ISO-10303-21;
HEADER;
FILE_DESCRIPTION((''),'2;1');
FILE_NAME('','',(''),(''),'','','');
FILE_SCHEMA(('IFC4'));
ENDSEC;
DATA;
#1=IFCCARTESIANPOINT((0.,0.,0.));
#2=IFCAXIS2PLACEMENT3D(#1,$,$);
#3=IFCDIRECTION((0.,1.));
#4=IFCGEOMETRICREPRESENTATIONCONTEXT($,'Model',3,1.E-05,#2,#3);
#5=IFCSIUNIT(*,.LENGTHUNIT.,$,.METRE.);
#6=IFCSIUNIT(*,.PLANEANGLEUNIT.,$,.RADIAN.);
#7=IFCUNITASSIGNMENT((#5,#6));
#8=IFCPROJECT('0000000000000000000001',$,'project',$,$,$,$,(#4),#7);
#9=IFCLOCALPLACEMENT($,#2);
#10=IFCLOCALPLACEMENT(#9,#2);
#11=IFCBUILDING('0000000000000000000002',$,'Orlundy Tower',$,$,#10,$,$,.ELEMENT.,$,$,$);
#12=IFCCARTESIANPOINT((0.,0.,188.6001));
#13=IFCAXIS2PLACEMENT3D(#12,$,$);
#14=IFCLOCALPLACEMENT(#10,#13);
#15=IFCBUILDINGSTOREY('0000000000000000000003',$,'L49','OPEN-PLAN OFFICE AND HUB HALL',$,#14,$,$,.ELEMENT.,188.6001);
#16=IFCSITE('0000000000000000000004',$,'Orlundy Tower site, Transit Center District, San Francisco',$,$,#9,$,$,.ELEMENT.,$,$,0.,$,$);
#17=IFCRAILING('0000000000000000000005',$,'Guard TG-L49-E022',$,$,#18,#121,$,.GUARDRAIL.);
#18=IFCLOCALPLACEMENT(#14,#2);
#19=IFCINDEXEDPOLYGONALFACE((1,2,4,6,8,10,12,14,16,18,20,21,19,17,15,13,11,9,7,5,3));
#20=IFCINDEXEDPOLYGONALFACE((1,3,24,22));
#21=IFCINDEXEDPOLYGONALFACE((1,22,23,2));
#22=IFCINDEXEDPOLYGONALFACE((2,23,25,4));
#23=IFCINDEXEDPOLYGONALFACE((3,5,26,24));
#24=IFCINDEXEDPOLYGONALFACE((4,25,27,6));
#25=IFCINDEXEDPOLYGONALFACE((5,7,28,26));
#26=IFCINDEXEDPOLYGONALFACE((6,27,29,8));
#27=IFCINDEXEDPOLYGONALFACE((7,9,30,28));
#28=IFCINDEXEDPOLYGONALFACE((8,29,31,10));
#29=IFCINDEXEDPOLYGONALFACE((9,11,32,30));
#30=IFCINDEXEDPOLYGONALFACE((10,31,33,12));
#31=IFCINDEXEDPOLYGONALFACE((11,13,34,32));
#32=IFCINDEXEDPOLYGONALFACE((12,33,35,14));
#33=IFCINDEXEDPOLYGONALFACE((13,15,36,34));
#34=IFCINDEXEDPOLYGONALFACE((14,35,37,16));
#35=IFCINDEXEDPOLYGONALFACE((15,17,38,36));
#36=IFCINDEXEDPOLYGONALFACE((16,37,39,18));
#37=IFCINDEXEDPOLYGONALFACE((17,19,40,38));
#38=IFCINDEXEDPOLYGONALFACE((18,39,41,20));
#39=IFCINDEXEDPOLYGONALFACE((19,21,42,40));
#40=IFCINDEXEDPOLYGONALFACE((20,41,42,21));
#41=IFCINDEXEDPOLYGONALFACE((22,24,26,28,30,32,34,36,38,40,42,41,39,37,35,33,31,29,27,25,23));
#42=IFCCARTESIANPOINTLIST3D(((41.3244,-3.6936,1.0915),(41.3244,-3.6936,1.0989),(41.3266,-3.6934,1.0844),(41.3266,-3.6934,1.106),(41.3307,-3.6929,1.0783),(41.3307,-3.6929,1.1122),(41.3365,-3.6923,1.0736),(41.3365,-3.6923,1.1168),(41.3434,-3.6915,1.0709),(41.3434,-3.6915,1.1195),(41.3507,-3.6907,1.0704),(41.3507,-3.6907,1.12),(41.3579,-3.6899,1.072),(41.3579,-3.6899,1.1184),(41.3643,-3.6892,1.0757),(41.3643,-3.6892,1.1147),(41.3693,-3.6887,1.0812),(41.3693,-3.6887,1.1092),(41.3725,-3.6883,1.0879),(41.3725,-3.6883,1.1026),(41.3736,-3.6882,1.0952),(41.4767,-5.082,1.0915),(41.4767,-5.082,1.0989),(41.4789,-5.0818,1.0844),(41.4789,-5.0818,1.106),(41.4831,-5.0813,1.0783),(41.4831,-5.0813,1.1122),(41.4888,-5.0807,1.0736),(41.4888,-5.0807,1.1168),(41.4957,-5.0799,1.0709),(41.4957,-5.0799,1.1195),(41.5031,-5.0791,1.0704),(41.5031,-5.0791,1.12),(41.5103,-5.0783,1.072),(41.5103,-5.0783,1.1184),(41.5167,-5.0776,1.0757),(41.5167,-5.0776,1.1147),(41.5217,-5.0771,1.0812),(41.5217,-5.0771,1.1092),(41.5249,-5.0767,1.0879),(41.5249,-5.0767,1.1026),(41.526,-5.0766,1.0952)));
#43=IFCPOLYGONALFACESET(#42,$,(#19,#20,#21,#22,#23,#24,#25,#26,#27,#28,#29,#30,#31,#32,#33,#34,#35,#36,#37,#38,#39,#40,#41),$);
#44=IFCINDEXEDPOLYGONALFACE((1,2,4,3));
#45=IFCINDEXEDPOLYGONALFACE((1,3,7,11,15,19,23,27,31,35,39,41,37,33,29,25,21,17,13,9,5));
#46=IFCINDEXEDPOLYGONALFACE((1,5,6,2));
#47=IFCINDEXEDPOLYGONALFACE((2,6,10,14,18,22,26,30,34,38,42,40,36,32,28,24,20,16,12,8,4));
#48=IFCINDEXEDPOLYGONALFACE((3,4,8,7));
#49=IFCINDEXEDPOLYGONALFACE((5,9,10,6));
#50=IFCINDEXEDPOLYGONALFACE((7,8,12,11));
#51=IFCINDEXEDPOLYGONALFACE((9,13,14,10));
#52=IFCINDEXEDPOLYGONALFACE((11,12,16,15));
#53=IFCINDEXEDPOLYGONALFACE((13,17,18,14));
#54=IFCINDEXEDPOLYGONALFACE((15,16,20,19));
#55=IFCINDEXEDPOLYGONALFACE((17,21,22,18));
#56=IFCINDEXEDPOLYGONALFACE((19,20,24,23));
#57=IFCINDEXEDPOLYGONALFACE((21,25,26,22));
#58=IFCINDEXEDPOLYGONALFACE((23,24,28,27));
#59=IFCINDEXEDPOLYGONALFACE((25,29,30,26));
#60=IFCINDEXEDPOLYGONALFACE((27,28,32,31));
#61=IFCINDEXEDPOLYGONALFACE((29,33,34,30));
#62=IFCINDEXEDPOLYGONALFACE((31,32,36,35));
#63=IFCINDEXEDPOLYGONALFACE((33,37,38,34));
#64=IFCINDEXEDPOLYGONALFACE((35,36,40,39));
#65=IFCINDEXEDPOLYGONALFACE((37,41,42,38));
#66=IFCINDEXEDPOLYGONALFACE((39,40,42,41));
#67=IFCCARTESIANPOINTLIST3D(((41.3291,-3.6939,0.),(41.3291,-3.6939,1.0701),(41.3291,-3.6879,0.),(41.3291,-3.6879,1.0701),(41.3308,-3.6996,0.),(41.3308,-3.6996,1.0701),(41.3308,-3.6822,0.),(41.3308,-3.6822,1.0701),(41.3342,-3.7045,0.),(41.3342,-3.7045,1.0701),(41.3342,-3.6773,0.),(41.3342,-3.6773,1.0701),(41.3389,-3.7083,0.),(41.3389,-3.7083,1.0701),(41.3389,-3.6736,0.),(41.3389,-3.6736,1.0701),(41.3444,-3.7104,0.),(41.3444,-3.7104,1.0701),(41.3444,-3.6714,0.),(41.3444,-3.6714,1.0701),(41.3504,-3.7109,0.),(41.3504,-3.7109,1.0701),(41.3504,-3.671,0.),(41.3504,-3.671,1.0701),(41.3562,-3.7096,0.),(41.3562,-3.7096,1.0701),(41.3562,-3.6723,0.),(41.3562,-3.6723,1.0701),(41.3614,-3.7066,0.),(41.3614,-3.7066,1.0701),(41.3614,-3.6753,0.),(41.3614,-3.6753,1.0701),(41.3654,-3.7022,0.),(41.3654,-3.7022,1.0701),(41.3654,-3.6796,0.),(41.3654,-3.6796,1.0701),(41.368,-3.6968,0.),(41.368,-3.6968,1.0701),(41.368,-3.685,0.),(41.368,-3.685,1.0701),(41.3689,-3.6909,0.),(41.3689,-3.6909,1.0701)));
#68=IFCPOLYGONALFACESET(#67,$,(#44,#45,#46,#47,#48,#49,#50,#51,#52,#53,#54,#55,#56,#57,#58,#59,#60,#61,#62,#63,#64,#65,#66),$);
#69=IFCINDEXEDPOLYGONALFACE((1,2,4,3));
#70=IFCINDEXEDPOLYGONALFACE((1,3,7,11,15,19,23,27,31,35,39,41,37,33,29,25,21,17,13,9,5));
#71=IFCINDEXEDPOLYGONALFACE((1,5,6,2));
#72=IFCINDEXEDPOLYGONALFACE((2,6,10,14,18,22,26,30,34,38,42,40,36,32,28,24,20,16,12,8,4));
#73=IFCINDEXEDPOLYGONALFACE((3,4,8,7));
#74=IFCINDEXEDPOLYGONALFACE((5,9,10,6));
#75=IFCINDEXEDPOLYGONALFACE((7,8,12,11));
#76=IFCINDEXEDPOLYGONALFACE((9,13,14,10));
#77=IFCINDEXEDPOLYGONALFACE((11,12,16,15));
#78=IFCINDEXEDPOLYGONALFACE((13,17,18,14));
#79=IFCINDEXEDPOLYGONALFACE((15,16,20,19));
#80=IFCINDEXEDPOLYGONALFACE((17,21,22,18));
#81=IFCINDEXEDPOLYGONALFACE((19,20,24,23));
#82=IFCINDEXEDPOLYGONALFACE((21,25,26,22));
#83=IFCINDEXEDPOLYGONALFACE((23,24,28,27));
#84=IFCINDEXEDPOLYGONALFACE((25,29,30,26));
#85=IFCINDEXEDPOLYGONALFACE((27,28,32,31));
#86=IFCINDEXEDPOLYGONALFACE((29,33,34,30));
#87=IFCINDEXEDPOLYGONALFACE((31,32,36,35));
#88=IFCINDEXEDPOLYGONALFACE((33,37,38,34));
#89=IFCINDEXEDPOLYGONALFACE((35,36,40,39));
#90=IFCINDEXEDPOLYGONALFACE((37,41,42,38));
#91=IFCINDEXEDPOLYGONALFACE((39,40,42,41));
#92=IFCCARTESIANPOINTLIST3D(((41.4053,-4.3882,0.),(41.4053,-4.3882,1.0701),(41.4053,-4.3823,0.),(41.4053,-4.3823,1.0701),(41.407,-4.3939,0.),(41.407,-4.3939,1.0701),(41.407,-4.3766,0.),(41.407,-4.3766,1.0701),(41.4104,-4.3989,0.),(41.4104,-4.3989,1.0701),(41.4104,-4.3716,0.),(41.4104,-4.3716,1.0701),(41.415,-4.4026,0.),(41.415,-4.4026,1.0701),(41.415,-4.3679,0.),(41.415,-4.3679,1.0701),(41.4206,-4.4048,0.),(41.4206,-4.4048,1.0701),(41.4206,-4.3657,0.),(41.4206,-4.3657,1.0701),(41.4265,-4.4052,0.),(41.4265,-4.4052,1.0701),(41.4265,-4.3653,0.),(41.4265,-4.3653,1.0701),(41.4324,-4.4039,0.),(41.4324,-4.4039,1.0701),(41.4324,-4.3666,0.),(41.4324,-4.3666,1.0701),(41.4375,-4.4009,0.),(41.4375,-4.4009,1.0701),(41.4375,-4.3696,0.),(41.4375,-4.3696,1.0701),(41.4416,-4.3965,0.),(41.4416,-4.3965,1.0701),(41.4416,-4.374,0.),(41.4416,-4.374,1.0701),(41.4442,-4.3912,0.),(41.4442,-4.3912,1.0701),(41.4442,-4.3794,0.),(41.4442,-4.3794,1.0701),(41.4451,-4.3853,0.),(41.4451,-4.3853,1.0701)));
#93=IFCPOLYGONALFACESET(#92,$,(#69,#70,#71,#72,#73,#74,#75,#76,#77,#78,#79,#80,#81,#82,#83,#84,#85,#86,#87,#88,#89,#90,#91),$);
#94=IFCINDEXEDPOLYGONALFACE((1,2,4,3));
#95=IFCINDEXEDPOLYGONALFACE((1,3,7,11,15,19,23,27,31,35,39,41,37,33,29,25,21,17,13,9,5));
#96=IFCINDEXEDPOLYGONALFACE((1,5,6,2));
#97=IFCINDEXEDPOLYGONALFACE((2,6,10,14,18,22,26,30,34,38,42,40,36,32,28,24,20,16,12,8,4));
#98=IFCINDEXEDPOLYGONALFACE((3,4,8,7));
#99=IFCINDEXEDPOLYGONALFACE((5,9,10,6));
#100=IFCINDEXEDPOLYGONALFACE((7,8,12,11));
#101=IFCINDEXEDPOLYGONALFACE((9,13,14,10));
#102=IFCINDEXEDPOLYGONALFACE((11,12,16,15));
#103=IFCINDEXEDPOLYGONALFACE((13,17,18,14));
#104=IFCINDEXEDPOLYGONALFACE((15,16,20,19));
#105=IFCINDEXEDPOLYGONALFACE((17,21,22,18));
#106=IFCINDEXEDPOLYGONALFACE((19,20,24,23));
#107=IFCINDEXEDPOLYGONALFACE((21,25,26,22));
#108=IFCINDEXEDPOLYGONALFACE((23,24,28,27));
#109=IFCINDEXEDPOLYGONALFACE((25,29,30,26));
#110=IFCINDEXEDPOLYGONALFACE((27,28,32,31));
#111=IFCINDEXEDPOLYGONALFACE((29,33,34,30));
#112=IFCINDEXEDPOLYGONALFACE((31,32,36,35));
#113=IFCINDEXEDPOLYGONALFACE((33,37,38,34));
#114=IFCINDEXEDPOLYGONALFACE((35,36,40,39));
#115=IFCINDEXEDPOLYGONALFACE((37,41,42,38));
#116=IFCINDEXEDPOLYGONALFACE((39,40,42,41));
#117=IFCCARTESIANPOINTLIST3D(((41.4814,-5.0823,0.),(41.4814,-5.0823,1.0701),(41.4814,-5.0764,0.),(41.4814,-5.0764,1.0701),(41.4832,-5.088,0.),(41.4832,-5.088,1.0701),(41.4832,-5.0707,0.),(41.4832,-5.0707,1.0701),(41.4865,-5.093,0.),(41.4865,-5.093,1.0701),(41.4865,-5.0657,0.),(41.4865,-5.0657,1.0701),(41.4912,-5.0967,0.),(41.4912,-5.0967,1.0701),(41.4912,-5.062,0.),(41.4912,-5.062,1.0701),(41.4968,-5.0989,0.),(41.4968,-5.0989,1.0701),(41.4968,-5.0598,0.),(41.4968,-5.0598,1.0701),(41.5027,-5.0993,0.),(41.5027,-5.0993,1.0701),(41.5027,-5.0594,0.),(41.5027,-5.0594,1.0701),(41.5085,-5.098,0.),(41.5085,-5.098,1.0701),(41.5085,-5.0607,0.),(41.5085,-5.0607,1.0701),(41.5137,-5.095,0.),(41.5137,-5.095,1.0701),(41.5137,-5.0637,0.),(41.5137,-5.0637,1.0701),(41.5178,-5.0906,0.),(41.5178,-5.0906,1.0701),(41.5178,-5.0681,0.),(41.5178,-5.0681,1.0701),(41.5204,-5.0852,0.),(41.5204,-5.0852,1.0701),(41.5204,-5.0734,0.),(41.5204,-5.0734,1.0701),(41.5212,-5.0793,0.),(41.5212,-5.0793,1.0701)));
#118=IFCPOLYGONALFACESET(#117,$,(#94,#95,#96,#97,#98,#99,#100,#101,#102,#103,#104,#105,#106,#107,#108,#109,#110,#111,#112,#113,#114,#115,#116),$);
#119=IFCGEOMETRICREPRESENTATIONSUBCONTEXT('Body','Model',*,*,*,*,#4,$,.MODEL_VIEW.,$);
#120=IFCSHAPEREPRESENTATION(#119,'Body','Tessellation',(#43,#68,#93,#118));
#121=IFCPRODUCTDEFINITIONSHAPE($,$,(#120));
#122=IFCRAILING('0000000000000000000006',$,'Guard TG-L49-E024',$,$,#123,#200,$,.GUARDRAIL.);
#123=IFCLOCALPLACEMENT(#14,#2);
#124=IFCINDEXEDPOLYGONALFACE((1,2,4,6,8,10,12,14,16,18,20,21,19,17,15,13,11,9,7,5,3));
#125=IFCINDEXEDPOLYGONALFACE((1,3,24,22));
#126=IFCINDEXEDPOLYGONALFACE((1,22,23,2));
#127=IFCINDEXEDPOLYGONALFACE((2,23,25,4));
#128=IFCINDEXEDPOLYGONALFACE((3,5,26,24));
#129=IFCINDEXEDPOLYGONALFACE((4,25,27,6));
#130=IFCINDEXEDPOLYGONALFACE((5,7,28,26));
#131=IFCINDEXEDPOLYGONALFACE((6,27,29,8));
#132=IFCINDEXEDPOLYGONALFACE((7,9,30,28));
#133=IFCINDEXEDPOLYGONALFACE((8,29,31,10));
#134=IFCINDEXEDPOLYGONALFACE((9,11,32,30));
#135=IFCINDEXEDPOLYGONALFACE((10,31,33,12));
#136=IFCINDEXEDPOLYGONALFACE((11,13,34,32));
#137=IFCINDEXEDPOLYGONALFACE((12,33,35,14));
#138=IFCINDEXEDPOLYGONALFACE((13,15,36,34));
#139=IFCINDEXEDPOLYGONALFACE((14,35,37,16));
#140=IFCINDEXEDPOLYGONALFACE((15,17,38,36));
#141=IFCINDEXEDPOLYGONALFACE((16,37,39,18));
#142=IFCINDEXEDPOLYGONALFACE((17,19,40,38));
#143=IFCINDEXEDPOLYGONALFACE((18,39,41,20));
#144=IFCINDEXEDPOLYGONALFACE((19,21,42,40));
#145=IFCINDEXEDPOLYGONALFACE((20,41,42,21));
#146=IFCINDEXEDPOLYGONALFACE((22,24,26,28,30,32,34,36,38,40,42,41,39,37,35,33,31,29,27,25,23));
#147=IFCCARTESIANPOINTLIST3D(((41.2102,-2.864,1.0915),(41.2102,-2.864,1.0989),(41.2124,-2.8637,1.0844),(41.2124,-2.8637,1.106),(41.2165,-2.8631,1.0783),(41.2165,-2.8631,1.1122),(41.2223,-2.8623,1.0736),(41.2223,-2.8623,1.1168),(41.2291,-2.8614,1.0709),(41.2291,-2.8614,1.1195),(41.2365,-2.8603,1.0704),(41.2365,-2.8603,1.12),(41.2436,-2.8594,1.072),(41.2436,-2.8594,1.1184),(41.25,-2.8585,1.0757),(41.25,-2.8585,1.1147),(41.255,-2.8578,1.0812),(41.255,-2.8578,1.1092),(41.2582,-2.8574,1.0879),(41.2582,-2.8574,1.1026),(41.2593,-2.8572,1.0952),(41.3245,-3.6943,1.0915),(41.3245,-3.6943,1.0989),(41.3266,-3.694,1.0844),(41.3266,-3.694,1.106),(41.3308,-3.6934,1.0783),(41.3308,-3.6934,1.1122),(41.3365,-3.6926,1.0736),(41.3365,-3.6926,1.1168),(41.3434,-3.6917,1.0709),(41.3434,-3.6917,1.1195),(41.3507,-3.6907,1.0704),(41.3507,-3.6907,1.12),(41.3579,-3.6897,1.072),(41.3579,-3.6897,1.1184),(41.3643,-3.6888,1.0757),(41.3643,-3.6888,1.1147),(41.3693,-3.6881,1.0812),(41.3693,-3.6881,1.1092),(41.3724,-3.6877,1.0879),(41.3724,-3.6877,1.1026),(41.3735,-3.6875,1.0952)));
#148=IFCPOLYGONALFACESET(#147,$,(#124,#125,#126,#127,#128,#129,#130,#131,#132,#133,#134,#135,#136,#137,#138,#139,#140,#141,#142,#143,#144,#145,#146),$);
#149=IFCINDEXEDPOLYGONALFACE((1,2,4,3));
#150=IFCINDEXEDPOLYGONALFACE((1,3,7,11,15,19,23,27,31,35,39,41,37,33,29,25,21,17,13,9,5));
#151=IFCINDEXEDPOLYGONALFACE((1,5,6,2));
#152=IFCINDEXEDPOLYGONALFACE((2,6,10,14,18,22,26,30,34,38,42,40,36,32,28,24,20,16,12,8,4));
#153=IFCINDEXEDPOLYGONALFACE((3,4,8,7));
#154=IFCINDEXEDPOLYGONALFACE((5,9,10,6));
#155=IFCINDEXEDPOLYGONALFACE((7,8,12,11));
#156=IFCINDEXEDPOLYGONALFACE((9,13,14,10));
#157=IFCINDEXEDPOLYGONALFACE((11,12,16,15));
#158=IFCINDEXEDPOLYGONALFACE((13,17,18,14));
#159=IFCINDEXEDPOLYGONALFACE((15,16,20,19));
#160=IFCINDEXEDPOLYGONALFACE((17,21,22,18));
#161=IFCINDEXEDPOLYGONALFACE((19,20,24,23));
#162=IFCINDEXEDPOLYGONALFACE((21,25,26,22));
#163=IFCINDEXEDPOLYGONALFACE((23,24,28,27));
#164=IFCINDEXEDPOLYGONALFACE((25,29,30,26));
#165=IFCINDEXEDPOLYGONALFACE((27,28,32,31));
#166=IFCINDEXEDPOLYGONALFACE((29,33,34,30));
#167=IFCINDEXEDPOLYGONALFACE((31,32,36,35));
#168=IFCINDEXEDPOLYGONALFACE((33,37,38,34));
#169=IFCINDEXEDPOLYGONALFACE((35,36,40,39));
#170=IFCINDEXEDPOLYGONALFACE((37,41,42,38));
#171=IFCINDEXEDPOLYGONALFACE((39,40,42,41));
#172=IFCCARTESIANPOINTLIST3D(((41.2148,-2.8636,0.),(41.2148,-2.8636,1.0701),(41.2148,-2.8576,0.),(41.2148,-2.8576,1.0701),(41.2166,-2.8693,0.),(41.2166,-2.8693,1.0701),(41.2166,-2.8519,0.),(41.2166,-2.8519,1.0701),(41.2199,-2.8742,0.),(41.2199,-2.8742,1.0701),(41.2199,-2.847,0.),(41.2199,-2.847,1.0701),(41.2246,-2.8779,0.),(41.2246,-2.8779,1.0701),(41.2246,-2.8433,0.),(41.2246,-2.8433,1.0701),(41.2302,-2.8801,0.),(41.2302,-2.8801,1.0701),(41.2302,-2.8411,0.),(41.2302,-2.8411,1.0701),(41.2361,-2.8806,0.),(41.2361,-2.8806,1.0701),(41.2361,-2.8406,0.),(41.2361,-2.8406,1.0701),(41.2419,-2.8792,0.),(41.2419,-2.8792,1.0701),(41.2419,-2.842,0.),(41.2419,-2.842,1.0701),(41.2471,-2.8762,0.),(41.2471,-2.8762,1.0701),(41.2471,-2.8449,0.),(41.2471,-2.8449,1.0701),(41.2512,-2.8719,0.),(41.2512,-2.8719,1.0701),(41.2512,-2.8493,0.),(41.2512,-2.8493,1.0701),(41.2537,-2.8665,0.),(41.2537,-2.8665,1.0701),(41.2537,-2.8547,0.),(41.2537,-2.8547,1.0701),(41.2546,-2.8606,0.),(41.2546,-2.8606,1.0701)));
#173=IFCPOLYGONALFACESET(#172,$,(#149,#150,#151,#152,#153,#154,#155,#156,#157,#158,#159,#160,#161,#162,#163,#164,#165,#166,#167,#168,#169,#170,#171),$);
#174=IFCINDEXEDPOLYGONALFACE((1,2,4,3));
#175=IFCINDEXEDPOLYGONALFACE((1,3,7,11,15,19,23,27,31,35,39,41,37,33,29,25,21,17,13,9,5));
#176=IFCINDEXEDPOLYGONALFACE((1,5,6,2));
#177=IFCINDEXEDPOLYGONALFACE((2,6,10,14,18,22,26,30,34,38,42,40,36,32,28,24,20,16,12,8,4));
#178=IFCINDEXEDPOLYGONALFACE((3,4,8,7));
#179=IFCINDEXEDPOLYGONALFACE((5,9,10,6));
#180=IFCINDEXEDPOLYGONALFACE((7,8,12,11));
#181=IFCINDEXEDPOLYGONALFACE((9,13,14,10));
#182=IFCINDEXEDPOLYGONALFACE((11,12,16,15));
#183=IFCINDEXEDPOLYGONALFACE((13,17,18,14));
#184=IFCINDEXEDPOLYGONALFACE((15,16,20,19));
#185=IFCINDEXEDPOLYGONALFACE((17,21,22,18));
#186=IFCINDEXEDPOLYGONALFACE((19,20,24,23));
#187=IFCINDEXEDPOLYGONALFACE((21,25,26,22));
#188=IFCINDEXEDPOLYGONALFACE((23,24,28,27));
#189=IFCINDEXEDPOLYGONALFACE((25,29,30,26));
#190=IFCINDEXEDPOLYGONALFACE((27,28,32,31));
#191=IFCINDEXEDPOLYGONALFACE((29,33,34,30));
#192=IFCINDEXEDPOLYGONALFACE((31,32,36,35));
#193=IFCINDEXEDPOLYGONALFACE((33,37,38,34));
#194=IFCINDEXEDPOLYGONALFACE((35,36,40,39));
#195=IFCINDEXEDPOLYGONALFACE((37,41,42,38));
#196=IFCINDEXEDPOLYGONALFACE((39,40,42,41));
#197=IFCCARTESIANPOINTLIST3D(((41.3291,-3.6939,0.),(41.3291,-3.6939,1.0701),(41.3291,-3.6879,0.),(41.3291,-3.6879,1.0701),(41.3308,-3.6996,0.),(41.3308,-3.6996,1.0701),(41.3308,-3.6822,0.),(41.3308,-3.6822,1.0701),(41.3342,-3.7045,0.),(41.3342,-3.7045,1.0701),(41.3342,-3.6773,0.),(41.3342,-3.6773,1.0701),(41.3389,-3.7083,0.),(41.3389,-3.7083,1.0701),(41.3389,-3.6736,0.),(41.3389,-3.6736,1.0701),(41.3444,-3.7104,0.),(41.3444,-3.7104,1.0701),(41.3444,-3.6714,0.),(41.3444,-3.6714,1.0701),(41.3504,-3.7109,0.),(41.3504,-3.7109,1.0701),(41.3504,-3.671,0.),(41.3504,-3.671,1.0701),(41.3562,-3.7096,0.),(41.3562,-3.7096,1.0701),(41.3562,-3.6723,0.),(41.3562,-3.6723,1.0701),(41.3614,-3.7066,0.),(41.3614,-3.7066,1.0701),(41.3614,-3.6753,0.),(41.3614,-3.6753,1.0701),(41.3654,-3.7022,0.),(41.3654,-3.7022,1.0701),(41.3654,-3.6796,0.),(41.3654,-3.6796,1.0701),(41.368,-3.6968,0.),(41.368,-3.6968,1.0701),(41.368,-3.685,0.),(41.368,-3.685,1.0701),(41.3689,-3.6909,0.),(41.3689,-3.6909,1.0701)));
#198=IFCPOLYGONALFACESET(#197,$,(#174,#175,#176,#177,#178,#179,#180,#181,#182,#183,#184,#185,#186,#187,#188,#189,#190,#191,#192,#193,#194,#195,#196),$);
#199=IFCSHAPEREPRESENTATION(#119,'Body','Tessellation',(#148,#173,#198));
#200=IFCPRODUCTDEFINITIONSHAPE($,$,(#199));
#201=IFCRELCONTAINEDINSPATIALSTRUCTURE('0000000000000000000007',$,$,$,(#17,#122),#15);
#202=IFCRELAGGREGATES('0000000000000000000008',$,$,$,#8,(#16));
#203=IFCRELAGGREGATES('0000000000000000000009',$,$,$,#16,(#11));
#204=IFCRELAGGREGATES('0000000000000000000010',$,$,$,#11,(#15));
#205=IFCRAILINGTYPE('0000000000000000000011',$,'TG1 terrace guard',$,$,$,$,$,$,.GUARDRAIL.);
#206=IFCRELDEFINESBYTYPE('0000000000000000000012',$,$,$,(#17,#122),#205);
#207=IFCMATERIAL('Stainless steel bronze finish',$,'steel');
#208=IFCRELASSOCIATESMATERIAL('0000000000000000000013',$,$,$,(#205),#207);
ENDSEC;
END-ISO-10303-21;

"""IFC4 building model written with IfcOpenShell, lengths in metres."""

from ifc_helpers import new_model, si_unit, direction, frame, origin, origin_2d, place, context, subcontext, project, spatial, circle, extrude, material, type_object, element, save


model = new_model("IFC4")

# Units and contexts
model_context = context("Model", 3, precision=1e-05, world=origin(), true_north=direction((0.0, 1.0)))
body_context = subcontext(model_context, "Body", "Model", "MODEL_VIEW")
ifc_project = project(units=[si_unit("LENGTHUNIT", "METRE"), si_unit("PLANEANGLEUNIT", "RADIAN")], contexts=[model_context])

# Site, building, storey
site_placement = place(None, origin())
site = spatial("IfcSite", under=ifc_project, at=site_placement, Name="Orlundy Tower site, Transit Center District, San Francisco", CompositionType="ELEMENT", RefElevation=0.0)
building_placement = place(site_placement, origin())
building = spatial("IfcBuilding", under=site, at=building_placement, Name="Orlundy Tower", CompositionType="ELEMENT")
storey_placement = place(building_placement, frame((0.0, 0.0, 188.6001)))
storey = spatial("IfcBuildingStorey", under=building, at=storey_placement, Name="L49", Description="OPEN-PLAN OFFICE AND HUB HALL", CompositionType="ELEMENT", Elevation=188.6001)

# Railings
ifc_material_1 = material(Name="Stainless steel bronze finish", Category="steel")
railing_type = type_object("IfcRailingType", Name="TG1 terrace guard", PredefinedType="GUARDRAIL", material=ifc_material_1)
railing_1_placement = place(storey_placement, frame((41.3489, -3.6909, 0.0)))
element("IfcRailing", 1, at=railing_1_placement, inside=storey, type_object=railing_type, Name="Guard TG-L49-E022", PredefinedType="GUARDRAIL", context=body_context, shape_type="SweptSolid", body=[
    extrude(circle(Radius=0.0249, at=origin_2d()), frame((0.0, 0.0, 1.0952), z_axis=(0.109069, -0.994034, 0.0), x_axis=(0.994034, 0.109069, 0.0)), (0.0, 0.0, 1.0), 1.3967),
    extrude(circle(Radius=0.02, at=origin_2d()), origin(), (0.0, 0.0, 1.0), 1.0701),
    extrude(circle(Radius=0.02, at=origin_2d()), frame((0.0762, -0.6943, 0.0)), (0.0, 0.0, 1.0), 1.0701),
    extrude(circle(Radius=0.02, at=origin_2d()), frame((0.1523, -1.3884, 0.0)), (0.0, 0.0, 1.0), 1.0701),
])
railing_2_placement = place(storey_placement, frame((41.2346, -2.8606, 0.0)))
element("IfcRailing", 2, at=railing_2_placement, inside=storey, type_object=railing_type, Name="Guard TG-L49-E024", PredefinedType="GUARDRAIL", context=body_context, shape_type="SweptSolid", body=[
    extrude(circle(Radius=0.0249, at=origin_2d()), frame((0.0, 0.0, 1.0952), z_axis=(0.136322, -0.990665, 0.0), x_axis=(0.990665, 0.136322, 0.0)), (0.0, 0.0, 1.0), 0.8381),
    extrude(circle(Radius=0.02, at=origin_2d()), origin(), (0.0, 0.0, 1.0), 1.0701),
    extrude(circle(Radius=0.02, at=origin_2d()), frame((0.1143, -0.8303, 0.0)), (0.0, 0.0, 1.0), 1.0701),
])

save(model, "model.ifc")
